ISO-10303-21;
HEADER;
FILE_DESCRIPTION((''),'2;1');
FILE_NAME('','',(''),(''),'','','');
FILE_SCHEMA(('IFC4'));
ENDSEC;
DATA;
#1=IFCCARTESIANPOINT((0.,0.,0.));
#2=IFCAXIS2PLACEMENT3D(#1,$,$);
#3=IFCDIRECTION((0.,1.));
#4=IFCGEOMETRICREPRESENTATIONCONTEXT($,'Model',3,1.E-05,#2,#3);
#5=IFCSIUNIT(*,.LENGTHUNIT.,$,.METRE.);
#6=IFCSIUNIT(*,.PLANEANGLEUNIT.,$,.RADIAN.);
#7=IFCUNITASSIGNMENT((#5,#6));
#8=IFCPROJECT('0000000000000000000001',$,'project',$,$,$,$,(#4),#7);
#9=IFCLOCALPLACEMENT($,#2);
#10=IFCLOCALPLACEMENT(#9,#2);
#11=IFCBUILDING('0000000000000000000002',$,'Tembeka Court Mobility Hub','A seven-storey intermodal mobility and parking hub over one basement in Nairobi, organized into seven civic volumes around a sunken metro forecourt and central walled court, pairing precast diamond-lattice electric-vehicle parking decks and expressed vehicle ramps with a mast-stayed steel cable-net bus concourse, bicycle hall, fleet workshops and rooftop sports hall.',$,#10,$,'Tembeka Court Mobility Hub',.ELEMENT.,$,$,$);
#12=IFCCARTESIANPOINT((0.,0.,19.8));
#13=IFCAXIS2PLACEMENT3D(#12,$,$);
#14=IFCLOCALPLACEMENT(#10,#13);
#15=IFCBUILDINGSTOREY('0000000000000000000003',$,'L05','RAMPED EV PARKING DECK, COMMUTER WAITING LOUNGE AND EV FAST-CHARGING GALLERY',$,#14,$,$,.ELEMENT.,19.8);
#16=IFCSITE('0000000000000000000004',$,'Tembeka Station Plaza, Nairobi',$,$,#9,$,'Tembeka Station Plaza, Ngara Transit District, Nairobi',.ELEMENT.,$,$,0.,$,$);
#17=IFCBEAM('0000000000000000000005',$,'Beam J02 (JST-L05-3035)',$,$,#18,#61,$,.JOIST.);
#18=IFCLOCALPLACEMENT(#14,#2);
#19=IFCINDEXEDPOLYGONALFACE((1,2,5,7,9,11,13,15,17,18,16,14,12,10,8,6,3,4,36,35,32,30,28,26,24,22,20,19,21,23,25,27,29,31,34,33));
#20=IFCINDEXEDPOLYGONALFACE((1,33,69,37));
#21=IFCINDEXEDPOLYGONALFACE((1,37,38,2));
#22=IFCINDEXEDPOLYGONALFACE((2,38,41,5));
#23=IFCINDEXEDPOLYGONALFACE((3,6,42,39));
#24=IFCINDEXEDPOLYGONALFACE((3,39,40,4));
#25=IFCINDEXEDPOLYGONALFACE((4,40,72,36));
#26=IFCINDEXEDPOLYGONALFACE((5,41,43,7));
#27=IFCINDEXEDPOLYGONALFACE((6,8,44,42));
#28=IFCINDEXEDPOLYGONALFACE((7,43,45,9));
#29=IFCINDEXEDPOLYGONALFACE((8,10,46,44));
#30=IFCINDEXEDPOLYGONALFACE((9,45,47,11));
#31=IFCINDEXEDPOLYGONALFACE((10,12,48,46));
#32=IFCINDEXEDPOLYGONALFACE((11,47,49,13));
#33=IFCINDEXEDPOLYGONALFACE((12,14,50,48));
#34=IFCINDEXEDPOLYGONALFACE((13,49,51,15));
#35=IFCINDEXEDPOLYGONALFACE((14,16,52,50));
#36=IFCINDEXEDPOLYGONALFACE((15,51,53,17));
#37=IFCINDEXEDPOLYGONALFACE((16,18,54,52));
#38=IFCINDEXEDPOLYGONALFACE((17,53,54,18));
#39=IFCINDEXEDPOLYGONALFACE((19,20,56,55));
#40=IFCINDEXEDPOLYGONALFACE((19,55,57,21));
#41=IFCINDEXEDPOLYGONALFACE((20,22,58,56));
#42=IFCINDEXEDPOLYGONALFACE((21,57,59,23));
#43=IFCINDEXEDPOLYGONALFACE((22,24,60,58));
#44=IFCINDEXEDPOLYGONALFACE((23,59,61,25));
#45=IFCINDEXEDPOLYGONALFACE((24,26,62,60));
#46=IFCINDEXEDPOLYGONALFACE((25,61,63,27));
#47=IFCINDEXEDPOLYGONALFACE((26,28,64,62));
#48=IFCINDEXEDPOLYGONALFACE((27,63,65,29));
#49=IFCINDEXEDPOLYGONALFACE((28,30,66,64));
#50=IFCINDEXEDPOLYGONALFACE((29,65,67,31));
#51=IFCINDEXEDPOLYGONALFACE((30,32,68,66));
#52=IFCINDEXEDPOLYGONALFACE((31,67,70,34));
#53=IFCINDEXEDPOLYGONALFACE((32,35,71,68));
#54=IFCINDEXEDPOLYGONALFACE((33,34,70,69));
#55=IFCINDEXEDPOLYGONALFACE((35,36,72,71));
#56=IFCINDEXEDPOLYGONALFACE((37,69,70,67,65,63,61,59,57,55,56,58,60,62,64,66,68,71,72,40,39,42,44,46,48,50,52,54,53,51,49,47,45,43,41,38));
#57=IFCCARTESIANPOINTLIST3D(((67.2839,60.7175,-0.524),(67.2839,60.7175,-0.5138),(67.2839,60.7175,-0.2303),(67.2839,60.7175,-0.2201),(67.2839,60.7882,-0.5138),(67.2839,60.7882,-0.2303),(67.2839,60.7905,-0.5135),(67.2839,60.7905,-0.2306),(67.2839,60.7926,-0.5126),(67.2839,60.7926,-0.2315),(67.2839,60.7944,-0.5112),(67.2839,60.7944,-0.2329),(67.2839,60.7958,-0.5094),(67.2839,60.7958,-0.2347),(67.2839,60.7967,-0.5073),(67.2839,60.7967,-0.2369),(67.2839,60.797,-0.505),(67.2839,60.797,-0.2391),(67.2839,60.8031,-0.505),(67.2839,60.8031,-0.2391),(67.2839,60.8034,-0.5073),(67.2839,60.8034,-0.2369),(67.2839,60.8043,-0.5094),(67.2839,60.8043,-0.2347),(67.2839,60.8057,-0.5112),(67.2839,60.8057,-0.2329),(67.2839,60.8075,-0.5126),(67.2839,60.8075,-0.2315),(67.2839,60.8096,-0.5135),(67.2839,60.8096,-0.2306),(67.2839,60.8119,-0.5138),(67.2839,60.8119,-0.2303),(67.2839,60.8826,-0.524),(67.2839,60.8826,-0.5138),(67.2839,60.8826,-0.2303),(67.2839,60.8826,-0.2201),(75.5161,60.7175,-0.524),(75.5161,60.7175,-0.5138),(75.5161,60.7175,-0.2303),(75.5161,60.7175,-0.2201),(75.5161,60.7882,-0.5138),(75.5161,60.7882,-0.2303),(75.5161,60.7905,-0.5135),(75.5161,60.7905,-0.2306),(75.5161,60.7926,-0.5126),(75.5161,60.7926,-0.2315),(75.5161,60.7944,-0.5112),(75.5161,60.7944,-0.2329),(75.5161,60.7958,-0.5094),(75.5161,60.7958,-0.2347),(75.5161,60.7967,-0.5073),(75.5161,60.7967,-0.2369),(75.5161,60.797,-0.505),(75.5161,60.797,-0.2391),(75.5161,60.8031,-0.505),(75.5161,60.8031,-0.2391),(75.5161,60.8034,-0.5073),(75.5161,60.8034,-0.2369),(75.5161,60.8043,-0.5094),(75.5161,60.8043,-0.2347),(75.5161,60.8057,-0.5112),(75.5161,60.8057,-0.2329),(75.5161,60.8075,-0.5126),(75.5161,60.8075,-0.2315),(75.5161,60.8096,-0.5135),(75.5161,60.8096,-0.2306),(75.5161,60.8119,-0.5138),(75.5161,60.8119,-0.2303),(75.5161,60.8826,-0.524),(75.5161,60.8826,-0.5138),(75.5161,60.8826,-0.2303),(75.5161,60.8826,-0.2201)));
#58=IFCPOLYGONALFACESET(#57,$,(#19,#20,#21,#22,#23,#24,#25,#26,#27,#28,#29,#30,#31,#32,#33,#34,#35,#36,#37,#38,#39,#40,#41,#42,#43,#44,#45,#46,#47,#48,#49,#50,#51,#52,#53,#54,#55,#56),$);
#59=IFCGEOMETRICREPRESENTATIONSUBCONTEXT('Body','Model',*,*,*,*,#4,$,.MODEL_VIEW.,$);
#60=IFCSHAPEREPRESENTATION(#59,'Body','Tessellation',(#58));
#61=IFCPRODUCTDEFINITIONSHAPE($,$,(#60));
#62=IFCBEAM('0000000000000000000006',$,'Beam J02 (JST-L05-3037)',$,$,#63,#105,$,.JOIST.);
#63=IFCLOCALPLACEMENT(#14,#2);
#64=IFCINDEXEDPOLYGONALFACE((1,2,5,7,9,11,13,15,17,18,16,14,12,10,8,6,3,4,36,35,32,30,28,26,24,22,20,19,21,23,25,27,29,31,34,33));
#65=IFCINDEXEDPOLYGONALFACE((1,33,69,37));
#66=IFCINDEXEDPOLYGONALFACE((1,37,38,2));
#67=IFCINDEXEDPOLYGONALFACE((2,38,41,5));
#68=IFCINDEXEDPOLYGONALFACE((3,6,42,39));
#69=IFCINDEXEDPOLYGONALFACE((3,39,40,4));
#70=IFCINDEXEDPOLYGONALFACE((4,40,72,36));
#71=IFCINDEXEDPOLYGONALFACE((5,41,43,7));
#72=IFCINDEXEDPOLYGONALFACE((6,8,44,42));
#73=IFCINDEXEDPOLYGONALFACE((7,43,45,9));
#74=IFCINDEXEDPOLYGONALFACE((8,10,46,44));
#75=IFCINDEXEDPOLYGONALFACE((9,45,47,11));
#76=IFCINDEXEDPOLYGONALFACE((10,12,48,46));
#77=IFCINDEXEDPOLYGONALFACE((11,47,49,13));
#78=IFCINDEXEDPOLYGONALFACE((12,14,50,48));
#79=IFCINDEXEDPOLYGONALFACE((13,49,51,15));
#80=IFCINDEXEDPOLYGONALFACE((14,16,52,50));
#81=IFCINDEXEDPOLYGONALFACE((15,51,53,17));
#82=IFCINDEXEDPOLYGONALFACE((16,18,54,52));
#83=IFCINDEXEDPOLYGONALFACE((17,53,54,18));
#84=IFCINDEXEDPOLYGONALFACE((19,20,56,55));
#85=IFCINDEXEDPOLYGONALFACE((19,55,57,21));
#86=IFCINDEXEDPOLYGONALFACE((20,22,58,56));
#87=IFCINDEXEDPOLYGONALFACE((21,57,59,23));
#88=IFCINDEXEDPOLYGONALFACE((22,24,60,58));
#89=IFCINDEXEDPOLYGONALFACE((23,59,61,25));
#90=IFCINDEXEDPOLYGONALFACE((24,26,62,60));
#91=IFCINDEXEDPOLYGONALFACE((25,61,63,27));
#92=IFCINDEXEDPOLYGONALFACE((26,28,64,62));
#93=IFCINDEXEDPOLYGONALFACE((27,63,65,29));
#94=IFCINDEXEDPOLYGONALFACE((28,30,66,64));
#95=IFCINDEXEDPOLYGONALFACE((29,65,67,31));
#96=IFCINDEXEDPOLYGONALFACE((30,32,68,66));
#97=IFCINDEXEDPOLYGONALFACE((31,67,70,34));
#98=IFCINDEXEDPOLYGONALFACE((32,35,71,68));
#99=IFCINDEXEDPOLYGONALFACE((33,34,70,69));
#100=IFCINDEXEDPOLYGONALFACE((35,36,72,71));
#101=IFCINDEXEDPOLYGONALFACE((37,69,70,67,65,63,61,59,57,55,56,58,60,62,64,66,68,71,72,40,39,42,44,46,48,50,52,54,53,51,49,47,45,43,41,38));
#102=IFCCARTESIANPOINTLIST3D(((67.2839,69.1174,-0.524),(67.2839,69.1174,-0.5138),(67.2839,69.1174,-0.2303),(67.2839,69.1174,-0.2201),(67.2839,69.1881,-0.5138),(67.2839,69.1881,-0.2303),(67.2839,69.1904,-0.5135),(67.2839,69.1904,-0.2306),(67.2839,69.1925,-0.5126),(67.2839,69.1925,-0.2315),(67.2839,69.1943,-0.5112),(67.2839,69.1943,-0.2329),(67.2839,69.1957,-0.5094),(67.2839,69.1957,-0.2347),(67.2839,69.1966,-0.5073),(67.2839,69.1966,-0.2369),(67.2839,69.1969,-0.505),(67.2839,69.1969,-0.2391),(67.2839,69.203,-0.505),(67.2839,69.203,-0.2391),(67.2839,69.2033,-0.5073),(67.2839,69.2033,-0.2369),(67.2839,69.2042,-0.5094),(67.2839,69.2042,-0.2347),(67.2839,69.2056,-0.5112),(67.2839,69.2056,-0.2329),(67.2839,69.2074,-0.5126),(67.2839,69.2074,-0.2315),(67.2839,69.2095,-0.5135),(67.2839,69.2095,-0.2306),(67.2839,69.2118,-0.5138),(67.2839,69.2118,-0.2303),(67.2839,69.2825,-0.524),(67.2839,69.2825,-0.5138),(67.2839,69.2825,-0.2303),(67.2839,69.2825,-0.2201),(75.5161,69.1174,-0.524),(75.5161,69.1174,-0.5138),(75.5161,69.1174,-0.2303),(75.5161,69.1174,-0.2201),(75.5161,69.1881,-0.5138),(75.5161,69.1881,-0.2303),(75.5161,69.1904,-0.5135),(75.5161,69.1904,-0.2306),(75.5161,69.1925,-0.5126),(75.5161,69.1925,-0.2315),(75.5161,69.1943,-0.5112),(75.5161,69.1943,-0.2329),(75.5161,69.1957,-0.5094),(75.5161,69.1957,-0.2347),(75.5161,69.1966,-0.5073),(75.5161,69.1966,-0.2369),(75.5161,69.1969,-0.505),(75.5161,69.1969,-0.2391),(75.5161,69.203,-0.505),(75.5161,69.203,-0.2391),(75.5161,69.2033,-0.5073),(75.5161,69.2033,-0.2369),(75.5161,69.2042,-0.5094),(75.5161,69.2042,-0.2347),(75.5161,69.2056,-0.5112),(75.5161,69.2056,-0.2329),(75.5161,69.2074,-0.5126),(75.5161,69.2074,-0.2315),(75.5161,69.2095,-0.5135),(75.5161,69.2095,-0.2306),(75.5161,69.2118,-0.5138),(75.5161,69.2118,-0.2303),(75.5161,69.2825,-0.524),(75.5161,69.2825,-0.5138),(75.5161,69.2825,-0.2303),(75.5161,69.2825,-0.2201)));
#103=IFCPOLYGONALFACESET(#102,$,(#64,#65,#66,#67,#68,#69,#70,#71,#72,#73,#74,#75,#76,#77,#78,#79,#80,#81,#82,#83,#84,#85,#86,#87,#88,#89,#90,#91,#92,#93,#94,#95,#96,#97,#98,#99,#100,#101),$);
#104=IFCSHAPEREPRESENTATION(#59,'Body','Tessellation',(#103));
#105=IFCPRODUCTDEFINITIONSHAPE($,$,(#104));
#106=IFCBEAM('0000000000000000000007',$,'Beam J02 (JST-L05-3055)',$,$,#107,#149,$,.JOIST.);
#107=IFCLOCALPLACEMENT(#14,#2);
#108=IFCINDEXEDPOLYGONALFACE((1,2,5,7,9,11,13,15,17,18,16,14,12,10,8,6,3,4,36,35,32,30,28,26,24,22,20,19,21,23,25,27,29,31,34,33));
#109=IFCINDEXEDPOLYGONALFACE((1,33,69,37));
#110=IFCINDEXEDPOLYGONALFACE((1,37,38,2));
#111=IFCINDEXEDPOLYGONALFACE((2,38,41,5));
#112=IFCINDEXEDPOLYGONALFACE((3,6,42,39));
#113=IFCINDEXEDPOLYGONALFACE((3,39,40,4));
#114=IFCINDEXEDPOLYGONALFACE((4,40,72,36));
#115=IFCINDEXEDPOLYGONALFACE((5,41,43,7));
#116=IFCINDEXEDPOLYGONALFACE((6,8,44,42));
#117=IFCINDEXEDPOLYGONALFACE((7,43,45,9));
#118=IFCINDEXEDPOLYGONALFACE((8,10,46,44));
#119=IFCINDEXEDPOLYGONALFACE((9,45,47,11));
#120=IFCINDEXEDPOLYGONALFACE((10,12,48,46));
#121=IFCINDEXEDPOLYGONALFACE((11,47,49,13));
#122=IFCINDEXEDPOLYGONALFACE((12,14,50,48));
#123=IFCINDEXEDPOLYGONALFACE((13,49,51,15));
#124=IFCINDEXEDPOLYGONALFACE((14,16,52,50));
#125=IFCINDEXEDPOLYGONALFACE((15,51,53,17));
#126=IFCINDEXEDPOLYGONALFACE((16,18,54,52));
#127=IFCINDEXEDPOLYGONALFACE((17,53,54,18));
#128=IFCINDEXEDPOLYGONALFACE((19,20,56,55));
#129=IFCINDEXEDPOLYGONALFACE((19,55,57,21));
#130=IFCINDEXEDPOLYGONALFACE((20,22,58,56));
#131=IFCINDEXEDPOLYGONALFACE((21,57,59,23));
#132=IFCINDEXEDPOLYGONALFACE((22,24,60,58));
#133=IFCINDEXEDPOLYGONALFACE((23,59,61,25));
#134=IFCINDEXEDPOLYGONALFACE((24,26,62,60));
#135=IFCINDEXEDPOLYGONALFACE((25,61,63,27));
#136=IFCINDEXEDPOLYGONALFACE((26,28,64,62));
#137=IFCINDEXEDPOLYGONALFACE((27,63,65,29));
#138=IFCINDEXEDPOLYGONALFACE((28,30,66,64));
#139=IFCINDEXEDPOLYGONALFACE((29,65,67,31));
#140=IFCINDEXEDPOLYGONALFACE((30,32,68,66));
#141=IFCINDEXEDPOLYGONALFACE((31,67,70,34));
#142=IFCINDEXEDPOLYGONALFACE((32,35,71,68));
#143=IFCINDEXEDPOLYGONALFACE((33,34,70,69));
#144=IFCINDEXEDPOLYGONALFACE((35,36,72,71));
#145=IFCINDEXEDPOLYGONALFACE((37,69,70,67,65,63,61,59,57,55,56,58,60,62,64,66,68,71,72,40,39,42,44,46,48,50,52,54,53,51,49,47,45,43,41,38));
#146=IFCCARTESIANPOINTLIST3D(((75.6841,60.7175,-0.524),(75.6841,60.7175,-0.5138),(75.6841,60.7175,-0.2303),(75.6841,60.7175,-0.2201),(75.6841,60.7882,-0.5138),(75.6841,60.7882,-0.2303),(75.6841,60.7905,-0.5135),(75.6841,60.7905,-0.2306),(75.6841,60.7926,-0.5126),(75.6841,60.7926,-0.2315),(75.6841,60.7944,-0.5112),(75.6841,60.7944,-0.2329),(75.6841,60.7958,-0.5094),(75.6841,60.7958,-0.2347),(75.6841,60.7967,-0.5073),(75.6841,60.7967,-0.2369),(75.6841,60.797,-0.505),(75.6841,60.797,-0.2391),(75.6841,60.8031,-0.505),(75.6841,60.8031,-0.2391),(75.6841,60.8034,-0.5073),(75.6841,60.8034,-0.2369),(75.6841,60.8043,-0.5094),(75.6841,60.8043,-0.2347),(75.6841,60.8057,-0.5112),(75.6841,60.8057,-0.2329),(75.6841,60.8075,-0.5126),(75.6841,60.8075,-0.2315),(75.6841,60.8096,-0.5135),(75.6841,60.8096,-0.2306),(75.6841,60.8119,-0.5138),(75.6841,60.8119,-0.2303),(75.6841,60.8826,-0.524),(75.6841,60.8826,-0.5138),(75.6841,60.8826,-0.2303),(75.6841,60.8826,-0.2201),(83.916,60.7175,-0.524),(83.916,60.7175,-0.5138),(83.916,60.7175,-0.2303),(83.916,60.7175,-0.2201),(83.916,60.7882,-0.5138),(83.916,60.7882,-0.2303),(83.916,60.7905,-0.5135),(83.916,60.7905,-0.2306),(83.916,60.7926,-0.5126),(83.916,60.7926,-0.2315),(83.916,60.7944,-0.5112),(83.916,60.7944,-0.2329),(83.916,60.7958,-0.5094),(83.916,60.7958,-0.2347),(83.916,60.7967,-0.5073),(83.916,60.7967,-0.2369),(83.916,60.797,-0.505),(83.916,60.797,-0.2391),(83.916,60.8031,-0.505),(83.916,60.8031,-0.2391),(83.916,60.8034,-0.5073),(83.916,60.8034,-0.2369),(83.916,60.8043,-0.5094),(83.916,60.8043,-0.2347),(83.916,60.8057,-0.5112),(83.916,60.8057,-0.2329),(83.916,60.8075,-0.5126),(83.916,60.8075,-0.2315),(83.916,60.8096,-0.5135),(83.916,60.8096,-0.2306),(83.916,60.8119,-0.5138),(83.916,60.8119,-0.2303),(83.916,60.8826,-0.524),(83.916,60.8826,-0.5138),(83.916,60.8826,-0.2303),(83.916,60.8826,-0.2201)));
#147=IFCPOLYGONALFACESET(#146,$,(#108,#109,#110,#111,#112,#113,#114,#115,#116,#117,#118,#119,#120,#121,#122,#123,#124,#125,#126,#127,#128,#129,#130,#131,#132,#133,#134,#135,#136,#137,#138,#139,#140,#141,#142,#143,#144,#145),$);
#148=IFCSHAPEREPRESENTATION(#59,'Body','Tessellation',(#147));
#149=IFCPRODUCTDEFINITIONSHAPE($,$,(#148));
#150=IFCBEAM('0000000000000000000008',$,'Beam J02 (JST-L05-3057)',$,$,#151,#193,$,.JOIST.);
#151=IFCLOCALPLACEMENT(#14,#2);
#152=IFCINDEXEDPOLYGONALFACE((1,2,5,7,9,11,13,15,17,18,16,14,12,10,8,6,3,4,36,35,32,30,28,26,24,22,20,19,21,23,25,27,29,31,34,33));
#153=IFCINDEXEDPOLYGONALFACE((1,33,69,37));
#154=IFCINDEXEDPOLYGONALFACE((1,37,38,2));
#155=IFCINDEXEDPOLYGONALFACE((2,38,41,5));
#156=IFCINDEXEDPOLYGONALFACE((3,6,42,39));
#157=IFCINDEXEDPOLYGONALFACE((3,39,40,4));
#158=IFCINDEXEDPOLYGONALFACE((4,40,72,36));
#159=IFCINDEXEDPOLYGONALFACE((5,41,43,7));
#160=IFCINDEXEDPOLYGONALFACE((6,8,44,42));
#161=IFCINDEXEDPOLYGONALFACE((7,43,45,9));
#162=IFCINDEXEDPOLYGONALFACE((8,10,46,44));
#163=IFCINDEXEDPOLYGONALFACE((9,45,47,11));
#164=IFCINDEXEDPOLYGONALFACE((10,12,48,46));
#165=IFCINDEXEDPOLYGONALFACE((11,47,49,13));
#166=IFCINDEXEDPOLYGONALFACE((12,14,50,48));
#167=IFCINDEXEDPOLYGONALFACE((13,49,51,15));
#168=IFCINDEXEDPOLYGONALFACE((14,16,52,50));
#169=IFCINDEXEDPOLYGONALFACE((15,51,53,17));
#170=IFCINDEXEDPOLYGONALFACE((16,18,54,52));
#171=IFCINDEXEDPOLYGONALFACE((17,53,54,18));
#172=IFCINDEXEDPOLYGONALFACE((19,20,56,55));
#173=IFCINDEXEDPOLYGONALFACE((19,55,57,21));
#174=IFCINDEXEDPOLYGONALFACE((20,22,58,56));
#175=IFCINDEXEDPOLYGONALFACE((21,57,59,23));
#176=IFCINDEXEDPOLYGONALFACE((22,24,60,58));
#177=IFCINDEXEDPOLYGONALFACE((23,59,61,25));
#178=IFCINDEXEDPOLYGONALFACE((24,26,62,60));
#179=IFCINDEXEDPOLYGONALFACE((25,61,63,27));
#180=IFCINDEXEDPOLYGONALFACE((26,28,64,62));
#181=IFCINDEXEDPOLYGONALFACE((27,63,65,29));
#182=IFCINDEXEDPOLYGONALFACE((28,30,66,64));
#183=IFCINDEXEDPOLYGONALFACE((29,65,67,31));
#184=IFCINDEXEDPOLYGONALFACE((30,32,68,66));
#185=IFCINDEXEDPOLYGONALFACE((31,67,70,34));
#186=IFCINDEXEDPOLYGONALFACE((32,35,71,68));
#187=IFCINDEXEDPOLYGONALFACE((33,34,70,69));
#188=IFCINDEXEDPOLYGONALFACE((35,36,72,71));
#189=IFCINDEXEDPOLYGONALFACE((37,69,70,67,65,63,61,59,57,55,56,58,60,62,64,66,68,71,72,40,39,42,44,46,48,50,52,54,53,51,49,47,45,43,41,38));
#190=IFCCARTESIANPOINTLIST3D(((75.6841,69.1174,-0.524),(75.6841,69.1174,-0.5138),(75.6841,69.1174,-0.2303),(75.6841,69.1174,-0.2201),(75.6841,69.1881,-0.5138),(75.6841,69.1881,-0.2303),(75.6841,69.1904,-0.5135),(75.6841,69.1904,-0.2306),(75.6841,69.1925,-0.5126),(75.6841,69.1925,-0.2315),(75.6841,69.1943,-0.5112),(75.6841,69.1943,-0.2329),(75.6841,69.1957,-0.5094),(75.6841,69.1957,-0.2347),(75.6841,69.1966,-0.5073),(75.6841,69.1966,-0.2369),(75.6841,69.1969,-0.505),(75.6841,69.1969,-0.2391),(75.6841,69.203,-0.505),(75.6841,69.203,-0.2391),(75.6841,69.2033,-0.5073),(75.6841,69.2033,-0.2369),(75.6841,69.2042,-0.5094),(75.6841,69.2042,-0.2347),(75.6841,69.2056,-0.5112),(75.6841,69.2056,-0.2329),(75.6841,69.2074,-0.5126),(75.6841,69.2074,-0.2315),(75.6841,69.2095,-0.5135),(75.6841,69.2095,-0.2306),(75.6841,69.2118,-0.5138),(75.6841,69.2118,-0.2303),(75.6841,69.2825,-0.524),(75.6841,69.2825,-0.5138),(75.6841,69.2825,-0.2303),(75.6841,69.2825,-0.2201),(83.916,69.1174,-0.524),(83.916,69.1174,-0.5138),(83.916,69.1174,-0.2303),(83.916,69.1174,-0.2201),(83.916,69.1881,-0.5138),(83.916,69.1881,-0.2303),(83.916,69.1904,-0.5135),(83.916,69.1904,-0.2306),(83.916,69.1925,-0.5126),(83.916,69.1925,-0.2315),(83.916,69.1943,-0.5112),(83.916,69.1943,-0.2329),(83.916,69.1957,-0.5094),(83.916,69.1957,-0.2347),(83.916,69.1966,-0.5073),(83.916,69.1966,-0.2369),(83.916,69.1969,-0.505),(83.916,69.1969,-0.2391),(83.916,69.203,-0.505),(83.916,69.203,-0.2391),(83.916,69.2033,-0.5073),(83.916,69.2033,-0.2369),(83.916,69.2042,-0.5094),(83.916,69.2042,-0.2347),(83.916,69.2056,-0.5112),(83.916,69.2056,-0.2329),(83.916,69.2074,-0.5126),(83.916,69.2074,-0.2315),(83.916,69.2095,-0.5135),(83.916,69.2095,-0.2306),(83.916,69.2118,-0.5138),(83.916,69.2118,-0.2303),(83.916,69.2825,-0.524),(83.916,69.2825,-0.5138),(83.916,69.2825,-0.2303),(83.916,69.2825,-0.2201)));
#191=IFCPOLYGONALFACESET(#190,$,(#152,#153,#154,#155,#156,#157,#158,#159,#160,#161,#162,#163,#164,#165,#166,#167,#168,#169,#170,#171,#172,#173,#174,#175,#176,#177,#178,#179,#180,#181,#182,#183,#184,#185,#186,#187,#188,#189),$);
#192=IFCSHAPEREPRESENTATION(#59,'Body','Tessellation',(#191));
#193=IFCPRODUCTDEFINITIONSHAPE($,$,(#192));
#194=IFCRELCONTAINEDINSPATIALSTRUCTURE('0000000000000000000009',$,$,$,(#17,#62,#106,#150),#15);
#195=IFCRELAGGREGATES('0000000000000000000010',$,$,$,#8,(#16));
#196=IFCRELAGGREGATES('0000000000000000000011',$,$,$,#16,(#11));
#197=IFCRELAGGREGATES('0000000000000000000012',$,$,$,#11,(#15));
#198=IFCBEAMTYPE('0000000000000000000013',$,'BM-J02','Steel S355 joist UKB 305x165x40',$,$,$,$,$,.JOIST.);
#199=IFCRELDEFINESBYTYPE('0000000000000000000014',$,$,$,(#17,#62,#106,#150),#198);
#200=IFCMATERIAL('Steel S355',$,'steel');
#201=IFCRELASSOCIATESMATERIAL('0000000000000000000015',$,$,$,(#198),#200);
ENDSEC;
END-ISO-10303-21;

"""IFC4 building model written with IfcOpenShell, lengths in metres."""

from ifc_helpers import new_model, si_unit, direction, frame, origin, origin_2d, place, context, subcontext, project, spatial, i_section, extrude, material, material_profile, profile_set, type_object, element, save


model = new_model("IFC4")

# Units and contexts
model_context = context("Model", 3, precision=1e-05, world=origin(), true_north=direction((0.0, 1.0)))
body_context = subcontext(model_context, "Body", "Model", "MODEL_VIEW")
ifc_project = project(units=[si_unit("LENGTHUNIT", "METRE"), si_unit("PLANEANGLEUNIT", "RADIAN")], contexts=[model_context])

# Site, building, storey
site_placement = place(None, origin())
site = spatial("IfcSite", under=ifc_project, at=site_placement, Name="Tembeka Station Plaza, Nairobi", LongName="Tembeka Station Plaza, Ngara Transit District, Nairobi", CompositionType="ELEMENT", RefElevation=0.0)
building_placement = place(site_placement, origin())
building = spatial("IfcBuilding", under=site, at=building_placement, Name="Tembeka Court Mobility Hub", Description="A seven-storey intermodal mobility and parking hub over one basement in Nairobi, organized into seven civic volumes around a sunken metro forecourt and central walled court, pairing precast diamond-lattice electric-vehicle parking decks and expressed vehicle ramps with a mast-stayed steel cable-net bus concourse, bicycle hall, fleet workshops and rooftop sports hall.", LongName="Tembeka Court Mobility Hub", CompositionType="ELEMENT")
storey_placement = place(building_placement, frame((0.0, 0.0, 19.8)))
storey = spatial("IfcBuildingStorey", under=building, at=storey_placement, Name="L05", Description="RAMPED EV PARKING DECK, COMMUTER WAITING LOUNGE AND EV FAST-CHARGING GALLERY", CompositionType="ELEMENT", Elevation=19.8)

# Shared definitions
ifc_material_1 = material(Name="Steel S355", Category="steel")

# Beams
ifc_material_profile_1 = material_profile(ifc_material_1, i_section(OverallWidth=0.165, OverallDepth=0.304, WebThickness=0.0061, FlangeThickness=0.0103, FilletRadius=0.0088, at=origin_2d()), Name="UKB 305x165x40")
ifc_profile_set_1 = profile_set([ifc_material_profile_1], Name="Steel S355")
beam_type_1 = type_object("IfcBeamType", Name="BM-J02", Description="Steel S355 joist UKB 305x165x40", PredefinedType="JOIST", material=ifc_profile_set_1)
for number, where, z_axis, x_axis, name in (
    (1, (67.2839, 60.8, -0.3721), (1.0, 0.0, 0.0), (0.0, 1.0, 0.0), "Beam J02 (JST-L05-3035)"),
    (2, (67.2839, 69.2, -0.3721), (1.0, 0.0, 0.0), (0.0, 1.0, 0.0), "Beam J02 (JST-L05-3037)"),
):
    element("IfcBeam", number, at=place(storey_placement, frame(where, z_axis=z_axis, x_axis=x_axis)), inside=storey, type_object=beam_type_1, Name=name, PredefinedType="JOIST", context=body_context, shape_type="SweptSolid", body=[
        extrude(i_section(OverallWidth=0.165, OverallDepth=0.304, WebThickness=0.0061, FlangeThickness=0.0103, FilletRadius=0.0088, at=origin_2d()), origin(), (0.0, 0.0, 1.0), 8.2322),
    ])
for number, where, z_axis, x_axis, name in (
    (3, (75.6841, 60.8, -0.3721), (1.0, 0.0, 0.0), (0.0, 1.0, 0.0), "Beam J02 (JST-L05-3055)"),
    (4, (75.6841, 69.2, -0.3721), (1.0, 0.0, 0.0), (0.0, 1.0, 0.0), "Beam J02 (JST-L05-3057)"),
):
    element("IfcBeam", number, at=place(storey_placement, frame(where, z_axis=z_axis, x_axis=x_axis)), inside=storey, type_object=beam_type_1, Name=name, PredefinedType="JOIST", context=body_context, shape_type="SweptSolid", body=[
        extrude(i_section(OverallWidth=0.165, OverallDepth=0.304, WebThickness=0.0061, FlangeThickness=0.0103, FilletRadius=0.0088, at=origin_2d()), origin(), (0.0, 0.0, 1.0), 8.2319),
    ])

save(model, "model.ifc")
